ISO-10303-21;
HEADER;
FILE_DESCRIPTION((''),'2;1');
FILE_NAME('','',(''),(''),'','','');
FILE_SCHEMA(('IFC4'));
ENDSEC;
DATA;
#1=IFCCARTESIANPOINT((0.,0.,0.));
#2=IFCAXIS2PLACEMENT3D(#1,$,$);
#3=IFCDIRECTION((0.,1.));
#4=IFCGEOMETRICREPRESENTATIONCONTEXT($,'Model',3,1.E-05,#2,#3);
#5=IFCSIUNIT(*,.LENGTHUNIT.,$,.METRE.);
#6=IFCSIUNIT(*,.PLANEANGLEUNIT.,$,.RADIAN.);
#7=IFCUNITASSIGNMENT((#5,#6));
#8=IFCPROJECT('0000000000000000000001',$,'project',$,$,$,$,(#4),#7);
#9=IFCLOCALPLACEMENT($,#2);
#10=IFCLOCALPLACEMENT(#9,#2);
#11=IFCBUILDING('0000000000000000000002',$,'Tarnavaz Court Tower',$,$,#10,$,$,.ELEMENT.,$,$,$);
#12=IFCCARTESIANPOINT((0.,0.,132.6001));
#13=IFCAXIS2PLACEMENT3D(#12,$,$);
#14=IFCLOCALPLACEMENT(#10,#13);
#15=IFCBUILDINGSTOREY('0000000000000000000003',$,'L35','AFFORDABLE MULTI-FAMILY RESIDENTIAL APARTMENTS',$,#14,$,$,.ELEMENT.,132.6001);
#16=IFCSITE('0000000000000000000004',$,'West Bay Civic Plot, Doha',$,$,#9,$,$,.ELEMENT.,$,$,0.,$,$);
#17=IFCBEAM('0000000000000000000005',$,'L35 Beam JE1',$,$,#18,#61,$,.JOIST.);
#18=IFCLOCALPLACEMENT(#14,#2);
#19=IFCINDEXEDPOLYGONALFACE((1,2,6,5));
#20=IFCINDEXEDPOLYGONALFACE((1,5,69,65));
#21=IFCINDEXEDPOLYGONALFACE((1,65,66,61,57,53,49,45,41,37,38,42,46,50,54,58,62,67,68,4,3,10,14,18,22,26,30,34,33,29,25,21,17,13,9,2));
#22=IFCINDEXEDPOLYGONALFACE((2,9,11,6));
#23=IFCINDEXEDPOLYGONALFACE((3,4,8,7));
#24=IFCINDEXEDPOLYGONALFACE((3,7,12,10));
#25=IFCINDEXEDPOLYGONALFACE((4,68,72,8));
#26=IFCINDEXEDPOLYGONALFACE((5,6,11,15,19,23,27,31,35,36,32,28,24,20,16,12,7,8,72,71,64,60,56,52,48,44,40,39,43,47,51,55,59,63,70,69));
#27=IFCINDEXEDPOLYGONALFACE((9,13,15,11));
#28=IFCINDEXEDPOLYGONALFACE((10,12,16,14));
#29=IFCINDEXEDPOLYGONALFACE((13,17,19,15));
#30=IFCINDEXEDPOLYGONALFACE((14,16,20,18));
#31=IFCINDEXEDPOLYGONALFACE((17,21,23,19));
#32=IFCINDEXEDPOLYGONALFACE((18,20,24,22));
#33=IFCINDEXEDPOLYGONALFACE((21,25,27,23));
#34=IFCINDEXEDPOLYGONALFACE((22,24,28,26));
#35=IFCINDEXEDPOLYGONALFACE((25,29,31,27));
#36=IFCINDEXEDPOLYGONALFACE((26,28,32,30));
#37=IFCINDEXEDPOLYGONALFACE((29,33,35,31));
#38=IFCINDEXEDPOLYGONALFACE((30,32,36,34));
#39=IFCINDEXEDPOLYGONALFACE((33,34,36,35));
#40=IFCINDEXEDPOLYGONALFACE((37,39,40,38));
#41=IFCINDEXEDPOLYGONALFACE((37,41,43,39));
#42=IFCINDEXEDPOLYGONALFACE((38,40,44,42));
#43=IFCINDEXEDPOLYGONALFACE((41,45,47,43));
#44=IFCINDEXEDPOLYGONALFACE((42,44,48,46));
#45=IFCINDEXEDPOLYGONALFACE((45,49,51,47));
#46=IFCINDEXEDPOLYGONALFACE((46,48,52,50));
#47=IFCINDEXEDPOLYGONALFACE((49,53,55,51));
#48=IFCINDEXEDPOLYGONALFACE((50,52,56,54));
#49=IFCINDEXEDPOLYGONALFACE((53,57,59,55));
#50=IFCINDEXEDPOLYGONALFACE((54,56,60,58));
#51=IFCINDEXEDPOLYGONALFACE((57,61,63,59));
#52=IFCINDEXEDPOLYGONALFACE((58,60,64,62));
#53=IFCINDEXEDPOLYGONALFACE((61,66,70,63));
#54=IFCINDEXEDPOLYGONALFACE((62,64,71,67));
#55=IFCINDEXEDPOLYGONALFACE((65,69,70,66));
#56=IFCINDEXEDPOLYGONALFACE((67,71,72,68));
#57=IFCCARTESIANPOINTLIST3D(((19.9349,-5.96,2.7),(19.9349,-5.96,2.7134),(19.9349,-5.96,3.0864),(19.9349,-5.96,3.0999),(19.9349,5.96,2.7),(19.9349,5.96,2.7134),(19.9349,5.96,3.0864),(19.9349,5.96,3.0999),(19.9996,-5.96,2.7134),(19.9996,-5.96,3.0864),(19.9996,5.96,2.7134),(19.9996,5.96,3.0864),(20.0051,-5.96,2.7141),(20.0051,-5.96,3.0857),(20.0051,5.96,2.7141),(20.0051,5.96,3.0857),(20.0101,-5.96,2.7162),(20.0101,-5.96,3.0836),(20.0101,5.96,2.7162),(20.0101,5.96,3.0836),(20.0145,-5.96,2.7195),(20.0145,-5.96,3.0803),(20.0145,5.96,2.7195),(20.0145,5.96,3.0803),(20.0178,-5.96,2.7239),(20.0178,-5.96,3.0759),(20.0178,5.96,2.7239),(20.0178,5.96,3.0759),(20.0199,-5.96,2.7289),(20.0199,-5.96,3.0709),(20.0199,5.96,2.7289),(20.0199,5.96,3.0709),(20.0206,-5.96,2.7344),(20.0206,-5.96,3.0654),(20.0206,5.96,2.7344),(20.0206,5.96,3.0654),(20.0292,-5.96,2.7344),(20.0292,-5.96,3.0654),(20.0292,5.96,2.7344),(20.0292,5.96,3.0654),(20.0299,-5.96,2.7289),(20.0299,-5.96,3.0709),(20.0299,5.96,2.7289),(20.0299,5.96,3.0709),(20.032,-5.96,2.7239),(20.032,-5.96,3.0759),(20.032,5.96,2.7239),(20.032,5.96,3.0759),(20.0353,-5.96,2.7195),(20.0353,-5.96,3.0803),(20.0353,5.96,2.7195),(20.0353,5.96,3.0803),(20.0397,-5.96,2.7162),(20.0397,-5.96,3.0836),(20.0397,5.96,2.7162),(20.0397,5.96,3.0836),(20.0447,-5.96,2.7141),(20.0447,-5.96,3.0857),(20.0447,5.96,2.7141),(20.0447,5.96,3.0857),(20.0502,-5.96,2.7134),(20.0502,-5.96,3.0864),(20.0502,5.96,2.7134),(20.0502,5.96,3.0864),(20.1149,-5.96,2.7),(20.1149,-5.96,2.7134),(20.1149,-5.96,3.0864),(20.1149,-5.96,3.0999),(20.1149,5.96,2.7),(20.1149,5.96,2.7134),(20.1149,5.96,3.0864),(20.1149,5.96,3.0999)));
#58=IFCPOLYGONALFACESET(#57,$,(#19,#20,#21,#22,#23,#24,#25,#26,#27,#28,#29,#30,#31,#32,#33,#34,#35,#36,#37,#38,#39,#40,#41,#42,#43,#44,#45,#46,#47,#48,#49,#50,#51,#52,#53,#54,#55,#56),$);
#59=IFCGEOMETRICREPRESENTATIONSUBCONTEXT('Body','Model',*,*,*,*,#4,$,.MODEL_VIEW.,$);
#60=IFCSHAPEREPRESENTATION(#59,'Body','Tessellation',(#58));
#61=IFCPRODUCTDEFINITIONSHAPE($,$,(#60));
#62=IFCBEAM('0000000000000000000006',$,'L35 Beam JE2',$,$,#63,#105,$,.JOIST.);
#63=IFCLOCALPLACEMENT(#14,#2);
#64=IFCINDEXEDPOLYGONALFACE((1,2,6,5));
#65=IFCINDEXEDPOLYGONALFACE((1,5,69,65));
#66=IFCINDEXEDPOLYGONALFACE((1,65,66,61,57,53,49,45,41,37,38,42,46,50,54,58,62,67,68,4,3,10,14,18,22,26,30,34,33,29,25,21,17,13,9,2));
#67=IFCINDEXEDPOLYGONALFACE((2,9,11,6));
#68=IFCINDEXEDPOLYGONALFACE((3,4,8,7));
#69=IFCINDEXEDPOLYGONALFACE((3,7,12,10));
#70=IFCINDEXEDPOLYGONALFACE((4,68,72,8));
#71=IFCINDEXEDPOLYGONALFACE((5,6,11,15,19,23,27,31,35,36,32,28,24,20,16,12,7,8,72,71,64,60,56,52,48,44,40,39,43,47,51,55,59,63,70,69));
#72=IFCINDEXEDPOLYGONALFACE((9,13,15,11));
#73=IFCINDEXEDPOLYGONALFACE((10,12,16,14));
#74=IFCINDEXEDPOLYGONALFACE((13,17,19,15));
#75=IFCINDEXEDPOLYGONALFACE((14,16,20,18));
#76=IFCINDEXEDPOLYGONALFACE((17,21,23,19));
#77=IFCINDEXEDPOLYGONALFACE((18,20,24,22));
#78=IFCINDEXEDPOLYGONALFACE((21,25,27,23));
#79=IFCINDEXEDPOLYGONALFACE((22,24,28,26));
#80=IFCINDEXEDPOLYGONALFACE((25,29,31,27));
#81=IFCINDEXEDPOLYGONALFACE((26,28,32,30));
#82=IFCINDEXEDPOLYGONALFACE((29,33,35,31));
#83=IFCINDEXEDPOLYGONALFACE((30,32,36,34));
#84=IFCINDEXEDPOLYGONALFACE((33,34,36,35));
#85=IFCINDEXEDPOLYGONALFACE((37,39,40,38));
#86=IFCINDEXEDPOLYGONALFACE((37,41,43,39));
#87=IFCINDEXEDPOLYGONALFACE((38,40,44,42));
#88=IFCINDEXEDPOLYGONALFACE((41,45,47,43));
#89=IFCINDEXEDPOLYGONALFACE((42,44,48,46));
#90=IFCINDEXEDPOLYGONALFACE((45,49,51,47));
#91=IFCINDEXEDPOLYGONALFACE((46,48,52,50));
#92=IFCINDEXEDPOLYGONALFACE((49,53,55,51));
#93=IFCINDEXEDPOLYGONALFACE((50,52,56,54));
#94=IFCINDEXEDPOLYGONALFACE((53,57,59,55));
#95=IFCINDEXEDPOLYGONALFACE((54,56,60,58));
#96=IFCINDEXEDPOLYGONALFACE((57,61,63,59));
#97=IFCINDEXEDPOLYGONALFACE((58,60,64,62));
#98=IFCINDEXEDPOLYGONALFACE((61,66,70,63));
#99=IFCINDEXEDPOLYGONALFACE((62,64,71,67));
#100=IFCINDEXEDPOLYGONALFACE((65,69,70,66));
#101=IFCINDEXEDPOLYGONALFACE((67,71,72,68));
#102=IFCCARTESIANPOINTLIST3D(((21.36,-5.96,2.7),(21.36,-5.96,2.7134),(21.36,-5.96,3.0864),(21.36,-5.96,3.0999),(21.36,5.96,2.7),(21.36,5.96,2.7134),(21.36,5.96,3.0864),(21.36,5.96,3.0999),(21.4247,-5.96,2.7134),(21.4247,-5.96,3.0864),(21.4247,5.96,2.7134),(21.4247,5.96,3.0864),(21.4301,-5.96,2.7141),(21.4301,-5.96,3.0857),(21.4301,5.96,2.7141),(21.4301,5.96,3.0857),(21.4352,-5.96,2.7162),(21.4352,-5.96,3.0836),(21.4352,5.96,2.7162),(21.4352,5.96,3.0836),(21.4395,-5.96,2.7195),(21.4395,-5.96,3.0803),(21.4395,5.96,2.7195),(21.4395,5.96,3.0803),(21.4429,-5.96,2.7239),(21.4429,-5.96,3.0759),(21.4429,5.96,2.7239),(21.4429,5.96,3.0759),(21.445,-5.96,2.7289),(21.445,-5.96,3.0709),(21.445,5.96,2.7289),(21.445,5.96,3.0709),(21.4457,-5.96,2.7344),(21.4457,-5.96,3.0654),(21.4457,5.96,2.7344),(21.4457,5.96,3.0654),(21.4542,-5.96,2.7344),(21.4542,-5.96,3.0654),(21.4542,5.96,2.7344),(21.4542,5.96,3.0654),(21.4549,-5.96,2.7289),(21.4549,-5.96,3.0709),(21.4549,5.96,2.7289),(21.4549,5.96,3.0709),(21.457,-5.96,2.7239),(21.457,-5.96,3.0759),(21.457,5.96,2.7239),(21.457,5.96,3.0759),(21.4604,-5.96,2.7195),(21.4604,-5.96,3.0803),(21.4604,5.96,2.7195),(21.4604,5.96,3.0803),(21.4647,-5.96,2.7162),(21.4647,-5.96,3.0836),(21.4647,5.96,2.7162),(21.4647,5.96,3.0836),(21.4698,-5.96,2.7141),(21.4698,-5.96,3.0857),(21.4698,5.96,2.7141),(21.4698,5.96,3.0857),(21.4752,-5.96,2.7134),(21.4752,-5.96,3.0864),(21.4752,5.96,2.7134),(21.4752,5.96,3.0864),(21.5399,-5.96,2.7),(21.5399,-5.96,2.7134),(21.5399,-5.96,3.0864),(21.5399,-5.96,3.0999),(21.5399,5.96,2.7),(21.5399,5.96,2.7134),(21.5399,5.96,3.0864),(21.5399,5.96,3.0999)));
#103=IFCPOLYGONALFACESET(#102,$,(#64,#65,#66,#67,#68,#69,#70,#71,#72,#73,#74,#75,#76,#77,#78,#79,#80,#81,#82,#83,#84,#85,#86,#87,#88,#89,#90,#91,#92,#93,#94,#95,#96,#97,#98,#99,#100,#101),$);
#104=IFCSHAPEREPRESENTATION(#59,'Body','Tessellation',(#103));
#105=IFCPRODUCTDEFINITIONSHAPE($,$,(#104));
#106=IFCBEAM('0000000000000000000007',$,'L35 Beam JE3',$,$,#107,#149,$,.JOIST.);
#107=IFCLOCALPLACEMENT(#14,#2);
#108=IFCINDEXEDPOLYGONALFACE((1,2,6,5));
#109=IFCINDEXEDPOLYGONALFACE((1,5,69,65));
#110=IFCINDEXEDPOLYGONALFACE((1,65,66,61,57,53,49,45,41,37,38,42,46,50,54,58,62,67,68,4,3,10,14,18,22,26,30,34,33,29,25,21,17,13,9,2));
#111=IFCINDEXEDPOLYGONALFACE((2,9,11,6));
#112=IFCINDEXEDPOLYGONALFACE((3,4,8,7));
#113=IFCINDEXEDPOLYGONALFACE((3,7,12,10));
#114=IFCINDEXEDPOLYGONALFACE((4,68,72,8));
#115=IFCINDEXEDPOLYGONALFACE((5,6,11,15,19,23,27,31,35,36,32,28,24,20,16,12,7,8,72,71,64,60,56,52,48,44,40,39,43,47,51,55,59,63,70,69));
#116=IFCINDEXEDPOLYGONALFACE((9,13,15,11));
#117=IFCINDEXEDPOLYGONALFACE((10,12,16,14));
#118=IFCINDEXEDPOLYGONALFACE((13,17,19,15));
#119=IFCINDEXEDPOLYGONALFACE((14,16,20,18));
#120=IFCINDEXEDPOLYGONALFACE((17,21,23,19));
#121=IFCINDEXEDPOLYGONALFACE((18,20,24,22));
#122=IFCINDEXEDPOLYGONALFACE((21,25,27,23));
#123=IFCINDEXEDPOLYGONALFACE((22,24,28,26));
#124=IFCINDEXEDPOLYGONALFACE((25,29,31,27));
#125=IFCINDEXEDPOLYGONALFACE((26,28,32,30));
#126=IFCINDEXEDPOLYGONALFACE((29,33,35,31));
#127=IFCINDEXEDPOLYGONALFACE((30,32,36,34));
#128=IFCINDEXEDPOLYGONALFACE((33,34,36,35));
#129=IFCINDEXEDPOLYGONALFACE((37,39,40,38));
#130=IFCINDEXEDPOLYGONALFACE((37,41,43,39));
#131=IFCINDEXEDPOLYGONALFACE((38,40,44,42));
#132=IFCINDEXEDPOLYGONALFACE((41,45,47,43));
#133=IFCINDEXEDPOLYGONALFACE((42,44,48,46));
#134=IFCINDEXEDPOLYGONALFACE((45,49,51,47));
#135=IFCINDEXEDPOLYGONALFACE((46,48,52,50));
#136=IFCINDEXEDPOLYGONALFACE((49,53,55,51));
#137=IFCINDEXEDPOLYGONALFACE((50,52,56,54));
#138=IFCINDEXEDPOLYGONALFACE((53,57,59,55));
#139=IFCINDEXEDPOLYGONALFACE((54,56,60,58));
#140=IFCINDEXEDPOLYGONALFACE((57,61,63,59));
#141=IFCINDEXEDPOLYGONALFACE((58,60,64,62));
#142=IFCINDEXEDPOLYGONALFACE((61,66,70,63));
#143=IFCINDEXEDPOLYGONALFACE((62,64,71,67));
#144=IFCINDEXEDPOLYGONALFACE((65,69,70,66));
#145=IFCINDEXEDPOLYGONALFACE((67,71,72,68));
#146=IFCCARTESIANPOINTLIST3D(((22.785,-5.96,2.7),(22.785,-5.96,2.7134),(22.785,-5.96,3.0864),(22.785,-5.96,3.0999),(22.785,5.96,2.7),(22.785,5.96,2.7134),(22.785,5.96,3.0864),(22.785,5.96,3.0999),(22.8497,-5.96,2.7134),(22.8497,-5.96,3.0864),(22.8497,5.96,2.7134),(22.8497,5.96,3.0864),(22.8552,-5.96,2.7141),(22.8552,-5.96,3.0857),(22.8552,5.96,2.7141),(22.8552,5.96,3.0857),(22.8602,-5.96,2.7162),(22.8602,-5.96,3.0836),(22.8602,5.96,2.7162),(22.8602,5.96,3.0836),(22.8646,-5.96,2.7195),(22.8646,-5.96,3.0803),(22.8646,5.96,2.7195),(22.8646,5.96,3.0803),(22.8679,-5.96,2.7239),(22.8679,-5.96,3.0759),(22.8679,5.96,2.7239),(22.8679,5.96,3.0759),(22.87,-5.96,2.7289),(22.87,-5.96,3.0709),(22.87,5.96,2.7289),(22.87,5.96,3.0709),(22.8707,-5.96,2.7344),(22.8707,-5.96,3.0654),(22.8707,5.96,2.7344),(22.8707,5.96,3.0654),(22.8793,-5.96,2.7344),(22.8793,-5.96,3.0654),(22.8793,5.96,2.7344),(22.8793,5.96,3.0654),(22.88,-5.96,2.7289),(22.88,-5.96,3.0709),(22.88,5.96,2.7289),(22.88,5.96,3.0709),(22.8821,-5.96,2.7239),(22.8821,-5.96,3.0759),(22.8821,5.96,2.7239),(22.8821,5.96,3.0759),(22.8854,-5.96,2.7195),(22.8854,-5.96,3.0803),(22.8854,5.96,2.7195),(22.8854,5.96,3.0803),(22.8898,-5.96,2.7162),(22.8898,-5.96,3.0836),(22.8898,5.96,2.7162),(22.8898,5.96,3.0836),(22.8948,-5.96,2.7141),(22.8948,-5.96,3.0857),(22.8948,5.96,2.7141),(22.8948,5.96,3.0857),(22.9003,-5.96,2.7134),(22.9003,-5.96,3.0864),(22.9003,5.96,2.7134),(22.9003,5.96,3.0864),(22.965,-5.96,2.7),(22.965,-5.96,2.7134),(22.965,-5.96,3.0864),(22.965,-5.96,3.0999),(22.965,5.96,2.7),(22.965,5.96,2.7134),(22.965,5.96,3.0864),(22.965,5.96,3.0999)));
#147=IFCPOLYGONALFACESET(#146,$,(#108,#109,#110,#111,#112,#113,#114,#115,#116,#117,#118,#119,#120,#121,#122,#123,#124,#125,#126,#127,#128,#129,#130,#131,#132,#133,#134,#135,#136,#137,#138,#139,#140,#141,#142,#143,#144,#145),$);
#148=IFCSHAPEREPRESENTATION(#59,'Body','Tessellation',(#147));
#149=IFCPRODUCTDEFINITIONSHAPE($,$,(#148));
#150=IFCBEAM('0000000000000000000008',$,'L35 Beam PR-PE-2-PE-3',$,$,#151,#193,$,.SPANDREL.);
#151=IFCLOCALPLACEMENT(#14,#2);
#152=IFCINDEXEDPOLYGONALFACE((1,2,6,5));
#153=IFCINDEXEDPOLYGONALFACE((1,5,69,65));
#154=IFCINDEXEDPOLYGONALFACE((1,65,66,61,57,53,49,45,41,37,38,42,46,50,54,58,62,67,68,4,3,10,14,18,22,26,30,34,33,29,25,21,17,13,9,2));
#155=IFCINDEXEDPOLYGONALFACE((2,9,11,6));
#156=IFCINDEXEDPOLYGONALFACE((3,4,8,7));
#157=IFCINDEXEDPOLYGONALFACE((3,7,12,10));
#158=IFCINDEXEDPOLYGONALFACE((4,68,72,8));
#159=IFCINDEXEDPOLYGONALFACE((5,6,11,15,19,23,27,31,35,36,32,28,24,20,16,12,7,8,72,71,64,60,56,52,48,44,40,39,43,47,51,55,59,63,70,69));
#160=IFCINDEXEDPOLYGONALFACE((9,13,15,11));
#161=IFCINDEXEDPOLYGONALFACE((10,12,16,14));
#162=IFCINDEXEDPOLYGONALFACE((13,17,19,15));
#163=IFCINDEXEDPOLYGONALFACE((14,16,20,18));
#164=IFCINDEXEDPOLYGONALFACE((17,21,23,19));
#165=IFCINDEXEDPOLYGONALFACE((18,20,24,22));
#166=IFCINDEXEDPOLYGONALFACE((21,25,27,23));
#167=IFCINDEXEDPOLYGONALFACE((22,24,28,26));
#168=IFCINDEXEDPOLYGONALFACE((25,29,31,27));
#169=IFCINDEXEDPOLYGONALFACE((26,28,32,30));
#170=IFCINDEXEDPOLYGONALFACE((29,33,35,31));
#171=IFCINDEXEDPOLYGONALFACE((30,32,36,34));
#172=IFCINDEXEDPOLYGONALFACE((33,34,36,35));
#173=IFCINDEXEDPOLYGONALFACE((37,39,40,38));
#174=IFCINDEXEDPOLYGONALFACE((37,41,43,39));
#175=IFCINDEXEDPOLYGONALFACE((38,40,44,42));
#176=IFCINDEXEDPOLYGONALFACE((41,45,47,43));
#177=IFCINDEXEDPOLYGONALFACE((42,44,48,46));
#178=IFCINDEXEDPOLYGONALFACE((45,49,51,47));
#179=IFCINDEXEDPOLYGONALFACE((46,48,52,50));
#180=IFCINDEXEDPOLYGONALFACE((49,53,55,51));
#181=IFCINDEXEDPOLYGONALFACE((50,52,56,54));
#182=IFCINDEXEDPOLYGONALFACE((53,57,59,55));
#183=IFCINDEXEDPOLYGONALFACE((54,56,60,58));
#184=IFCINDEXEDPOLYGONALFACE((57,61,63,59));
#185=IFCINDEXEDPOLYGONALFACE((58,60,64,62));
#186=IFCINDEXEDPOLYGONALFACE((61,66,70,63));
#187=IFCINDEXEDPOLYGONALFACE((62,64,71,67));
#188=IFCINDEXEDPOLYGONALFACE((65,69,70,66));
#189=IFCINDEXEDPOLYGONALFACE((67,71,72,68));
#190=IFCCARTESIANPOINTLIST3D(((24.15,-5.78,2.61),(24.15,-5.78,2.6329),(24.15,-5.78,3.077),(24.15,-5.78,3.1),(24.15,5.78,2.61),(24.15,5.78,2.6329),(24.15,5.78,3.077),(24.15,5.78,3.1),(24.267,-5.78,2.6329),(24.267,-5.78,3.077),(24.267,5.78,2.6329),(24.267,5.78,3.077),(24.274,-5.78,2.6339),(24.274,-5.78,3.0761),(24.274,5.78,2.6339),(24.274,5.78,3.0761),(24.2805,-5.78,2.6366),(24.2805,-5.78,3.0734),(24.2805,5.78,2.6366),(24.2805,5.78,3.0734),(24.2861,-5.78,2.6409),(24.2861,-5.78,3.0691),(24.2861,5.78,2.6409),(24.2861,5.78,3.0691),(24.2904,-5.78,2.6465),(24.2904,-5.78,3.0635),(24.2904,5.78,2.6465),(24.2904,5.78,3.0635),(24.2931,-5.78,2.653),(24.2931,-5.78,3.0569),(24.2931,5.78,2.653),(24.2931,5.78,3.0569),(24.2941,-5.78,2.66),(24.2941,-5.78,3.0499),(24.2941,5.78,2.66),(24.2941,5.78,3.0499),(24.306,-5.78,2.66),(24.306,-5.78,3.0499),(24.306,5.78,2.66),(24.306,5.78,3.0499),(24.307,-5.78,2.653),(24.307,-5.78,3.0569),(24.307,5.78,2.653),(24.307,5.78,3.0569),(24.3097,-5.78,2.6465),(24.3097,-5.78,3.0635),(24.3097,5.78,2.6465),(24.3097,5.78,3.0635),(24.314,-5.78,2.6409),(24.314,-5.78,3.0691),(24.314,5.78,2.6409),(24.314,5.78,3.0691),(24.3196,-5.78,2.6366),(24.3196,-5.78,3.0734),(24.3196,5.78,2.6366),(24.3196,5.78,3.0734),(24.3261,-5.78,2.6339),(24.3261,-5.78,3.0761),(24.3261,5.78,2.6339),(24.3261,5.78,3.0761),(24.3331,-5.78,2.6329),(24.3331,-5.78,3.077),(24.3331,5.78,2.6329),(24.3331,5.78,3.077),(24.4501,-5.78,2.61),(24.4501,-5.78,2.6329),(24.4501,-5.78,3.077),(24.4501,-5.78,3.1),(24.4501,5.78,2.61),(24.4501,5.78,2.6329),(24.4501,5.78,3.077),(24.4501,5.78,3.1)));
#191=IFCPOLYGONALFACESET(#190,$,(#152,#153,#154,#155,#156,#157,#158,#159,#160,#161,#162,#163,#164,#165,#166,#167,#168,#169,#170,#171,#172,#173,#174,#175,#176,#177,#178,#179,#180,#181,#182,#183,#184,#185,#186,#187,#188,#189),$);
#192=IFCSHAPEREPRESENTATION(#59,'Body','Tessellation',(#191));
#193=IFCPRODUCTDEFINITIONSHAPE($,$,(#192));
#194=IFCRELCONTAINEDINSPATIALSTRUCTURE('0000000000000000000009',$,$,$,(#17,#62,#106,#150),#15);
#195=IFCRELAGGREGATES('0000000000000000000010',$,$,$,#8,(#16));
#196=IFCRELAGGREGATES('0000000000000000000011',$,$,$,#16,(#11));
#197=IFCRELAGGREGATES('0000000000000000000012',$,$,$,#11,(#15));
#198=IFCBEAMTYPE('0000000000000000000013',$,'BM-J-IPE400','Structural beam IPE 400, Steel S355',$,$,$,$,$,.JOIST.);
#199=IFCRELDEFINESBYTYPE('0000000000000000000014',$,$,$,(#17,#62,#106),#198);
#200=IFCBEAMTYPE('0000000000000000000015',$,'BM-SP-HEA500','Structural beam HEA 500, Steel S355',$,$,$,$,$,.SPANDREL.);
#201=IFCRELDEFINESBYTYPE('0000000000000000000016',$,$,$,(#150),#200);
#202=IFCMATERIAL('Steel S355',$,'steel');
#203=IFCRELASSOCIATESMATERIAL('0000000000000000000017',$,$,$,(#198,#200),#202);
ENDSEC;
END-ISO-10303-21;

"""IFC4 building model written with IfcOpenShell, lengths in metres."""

from ifc_helpers import new_model, si_unit, direction, frame, origin, origin_2d, place, context, subcontext, project, spatial, i_section, extrude, material, material_profile, profile_set, type_object, element, save


model = new_model("IFC4")

# Units and contexts
model_context = context("Model", 3, precision=1e-05, world=origin(), true_north=direction((0.0, 1.0)))
body_context = subcontext(model_context, "Body", "Model", "MODEL_VIEW")
ifc_project = project(units=[si_unit("LENGTHUNIT", "METRE"), si_unit("PLANEANGLEUNIT", "RADIAN")], contexts=[model_context])

# Site, building, storey
site_placement = place(None, origin())
site = spatial("IfcSite", under=ifc_project, at=site_placement, Name="West Bay Civic Plot, Doha", CompositionType="ELEMENT", RefElevation=0.0)
building_placement = place(site_placement, origin())
building = spatial("IfcBuilding", under=site, at=building_placement, Name="Tarnavaz Court Tower", CompositionType="ELEMENT")
storey_placement = place(building_placement, frame((0.0, 0.0, 132.6001)))
storey = spatial("IfcBuildingStorey", under=building, at=storey_placement, Name="L35", Description="AFFORDABLE MULTI-FAMILY RESIDENTIAL APARTMENTS", CompositionType="ELEMENT", Elevation=132.6001)

# Beams
ifc_material_1 = material(Name="Steel S355", Category="steel")
ifc_material_profile_1 = material_profile(ifc_material_1, i_section(OverallWidth=0.1799, OverallDepth=0.3999, WebThickness=0.0085, FlangeThickness=0.0134, FilletRadius=0.021, at=origin_2d()), Name="IPE 400")
ifc_profile_set_1 = profile_set([ifc_material_profile_1], Name="Steel S355")
beam_type_1 = type_object("IfcBeamType", Name="BM-J-IPE400", Description="Structural beam IPE 400, Steel S355", PredefinedType="JOIST", material=ifc_profile_set_1)
for number, where, z_axis, x_axis, name in (
    (1, (20.0249, -5.96, 2.8999), (0.0, 1.0, 0.0), (-1.0, 0.0, 0.0), "L35 Beam JE1"),
    (2, (21.45, -5.96, 2.8999), (0.0, 1.0, 0.0), (-1.0, 0.0, 0.0), "L35 Beam JE2"),
    (3, (22.875, -5.96, 2.8999), (0.0, 1.0, 0.0), (-1.0, 0.0, 0.0), "L35 Beam JE3"),
):
    element("IfcBeam", number, at=place(storey_placement, frame(where, z_axis=z_axis, x_axis=x_axis)), inside=storey, type_object=beam_type_1, Name=name, PredefinedType="JOIST", context=body_context, shape_type="SweptSolid", body=[
        extrude(i_section(OverallWidth=0.1799, OverallDepth=0.3999, WebThickness=0.0085, FlangeThickness=0.0134, FilletRadius=0.021, at=origin_2d()), origin(), (0.0, 0.0, 1.0), 11.9199),
    ])
ifc_material_profile_2 = material_profile(ifc_material_1, i_section(OverallWidth=0.3, OverallDepth=0.49, WebThickness=0.012, FlangeThickness=0.0229, FilletRadius=0.0271, at=origin_2d()), Name="HEA 500")
ifc_profile_set_2 = profile_set([ifc_material_profile_2], Name="Steel S355")
beam_type_2 = type_object("IfcBeamType", Name="BM-SP-HEA500", Description="Structural beam HEA 500, Steel S355", PredefinedType="SPANDREL", material=ifc_profile_set_2)
beam_1_placement = place(storey_placement, frame((24.3, -5.78, 2.855), z_axis=(0.0, 1.0, 0.0), x_axis=(-1.0, 0.0, 0.0)))
element("IfcBeam", 4, at=beam_1_placement, inside=storey, type_object=beam_type_2, Name="L35 Beam PR-PE-2-PE-3", PredefinedType="SPANDREL", context=body_context, shape_type="SweptSolid", body=[
    extrude(i_section(OverallWidth=0.3, OverallDepth=0.49, WebThickness=0.012, FlangeThickness=0.0229, FilletRadius=0.0271, at=origin_2d()), origin(), (0.0, 0.0, 1.0), 11.5601),
])

save(model, "model.ifc")
